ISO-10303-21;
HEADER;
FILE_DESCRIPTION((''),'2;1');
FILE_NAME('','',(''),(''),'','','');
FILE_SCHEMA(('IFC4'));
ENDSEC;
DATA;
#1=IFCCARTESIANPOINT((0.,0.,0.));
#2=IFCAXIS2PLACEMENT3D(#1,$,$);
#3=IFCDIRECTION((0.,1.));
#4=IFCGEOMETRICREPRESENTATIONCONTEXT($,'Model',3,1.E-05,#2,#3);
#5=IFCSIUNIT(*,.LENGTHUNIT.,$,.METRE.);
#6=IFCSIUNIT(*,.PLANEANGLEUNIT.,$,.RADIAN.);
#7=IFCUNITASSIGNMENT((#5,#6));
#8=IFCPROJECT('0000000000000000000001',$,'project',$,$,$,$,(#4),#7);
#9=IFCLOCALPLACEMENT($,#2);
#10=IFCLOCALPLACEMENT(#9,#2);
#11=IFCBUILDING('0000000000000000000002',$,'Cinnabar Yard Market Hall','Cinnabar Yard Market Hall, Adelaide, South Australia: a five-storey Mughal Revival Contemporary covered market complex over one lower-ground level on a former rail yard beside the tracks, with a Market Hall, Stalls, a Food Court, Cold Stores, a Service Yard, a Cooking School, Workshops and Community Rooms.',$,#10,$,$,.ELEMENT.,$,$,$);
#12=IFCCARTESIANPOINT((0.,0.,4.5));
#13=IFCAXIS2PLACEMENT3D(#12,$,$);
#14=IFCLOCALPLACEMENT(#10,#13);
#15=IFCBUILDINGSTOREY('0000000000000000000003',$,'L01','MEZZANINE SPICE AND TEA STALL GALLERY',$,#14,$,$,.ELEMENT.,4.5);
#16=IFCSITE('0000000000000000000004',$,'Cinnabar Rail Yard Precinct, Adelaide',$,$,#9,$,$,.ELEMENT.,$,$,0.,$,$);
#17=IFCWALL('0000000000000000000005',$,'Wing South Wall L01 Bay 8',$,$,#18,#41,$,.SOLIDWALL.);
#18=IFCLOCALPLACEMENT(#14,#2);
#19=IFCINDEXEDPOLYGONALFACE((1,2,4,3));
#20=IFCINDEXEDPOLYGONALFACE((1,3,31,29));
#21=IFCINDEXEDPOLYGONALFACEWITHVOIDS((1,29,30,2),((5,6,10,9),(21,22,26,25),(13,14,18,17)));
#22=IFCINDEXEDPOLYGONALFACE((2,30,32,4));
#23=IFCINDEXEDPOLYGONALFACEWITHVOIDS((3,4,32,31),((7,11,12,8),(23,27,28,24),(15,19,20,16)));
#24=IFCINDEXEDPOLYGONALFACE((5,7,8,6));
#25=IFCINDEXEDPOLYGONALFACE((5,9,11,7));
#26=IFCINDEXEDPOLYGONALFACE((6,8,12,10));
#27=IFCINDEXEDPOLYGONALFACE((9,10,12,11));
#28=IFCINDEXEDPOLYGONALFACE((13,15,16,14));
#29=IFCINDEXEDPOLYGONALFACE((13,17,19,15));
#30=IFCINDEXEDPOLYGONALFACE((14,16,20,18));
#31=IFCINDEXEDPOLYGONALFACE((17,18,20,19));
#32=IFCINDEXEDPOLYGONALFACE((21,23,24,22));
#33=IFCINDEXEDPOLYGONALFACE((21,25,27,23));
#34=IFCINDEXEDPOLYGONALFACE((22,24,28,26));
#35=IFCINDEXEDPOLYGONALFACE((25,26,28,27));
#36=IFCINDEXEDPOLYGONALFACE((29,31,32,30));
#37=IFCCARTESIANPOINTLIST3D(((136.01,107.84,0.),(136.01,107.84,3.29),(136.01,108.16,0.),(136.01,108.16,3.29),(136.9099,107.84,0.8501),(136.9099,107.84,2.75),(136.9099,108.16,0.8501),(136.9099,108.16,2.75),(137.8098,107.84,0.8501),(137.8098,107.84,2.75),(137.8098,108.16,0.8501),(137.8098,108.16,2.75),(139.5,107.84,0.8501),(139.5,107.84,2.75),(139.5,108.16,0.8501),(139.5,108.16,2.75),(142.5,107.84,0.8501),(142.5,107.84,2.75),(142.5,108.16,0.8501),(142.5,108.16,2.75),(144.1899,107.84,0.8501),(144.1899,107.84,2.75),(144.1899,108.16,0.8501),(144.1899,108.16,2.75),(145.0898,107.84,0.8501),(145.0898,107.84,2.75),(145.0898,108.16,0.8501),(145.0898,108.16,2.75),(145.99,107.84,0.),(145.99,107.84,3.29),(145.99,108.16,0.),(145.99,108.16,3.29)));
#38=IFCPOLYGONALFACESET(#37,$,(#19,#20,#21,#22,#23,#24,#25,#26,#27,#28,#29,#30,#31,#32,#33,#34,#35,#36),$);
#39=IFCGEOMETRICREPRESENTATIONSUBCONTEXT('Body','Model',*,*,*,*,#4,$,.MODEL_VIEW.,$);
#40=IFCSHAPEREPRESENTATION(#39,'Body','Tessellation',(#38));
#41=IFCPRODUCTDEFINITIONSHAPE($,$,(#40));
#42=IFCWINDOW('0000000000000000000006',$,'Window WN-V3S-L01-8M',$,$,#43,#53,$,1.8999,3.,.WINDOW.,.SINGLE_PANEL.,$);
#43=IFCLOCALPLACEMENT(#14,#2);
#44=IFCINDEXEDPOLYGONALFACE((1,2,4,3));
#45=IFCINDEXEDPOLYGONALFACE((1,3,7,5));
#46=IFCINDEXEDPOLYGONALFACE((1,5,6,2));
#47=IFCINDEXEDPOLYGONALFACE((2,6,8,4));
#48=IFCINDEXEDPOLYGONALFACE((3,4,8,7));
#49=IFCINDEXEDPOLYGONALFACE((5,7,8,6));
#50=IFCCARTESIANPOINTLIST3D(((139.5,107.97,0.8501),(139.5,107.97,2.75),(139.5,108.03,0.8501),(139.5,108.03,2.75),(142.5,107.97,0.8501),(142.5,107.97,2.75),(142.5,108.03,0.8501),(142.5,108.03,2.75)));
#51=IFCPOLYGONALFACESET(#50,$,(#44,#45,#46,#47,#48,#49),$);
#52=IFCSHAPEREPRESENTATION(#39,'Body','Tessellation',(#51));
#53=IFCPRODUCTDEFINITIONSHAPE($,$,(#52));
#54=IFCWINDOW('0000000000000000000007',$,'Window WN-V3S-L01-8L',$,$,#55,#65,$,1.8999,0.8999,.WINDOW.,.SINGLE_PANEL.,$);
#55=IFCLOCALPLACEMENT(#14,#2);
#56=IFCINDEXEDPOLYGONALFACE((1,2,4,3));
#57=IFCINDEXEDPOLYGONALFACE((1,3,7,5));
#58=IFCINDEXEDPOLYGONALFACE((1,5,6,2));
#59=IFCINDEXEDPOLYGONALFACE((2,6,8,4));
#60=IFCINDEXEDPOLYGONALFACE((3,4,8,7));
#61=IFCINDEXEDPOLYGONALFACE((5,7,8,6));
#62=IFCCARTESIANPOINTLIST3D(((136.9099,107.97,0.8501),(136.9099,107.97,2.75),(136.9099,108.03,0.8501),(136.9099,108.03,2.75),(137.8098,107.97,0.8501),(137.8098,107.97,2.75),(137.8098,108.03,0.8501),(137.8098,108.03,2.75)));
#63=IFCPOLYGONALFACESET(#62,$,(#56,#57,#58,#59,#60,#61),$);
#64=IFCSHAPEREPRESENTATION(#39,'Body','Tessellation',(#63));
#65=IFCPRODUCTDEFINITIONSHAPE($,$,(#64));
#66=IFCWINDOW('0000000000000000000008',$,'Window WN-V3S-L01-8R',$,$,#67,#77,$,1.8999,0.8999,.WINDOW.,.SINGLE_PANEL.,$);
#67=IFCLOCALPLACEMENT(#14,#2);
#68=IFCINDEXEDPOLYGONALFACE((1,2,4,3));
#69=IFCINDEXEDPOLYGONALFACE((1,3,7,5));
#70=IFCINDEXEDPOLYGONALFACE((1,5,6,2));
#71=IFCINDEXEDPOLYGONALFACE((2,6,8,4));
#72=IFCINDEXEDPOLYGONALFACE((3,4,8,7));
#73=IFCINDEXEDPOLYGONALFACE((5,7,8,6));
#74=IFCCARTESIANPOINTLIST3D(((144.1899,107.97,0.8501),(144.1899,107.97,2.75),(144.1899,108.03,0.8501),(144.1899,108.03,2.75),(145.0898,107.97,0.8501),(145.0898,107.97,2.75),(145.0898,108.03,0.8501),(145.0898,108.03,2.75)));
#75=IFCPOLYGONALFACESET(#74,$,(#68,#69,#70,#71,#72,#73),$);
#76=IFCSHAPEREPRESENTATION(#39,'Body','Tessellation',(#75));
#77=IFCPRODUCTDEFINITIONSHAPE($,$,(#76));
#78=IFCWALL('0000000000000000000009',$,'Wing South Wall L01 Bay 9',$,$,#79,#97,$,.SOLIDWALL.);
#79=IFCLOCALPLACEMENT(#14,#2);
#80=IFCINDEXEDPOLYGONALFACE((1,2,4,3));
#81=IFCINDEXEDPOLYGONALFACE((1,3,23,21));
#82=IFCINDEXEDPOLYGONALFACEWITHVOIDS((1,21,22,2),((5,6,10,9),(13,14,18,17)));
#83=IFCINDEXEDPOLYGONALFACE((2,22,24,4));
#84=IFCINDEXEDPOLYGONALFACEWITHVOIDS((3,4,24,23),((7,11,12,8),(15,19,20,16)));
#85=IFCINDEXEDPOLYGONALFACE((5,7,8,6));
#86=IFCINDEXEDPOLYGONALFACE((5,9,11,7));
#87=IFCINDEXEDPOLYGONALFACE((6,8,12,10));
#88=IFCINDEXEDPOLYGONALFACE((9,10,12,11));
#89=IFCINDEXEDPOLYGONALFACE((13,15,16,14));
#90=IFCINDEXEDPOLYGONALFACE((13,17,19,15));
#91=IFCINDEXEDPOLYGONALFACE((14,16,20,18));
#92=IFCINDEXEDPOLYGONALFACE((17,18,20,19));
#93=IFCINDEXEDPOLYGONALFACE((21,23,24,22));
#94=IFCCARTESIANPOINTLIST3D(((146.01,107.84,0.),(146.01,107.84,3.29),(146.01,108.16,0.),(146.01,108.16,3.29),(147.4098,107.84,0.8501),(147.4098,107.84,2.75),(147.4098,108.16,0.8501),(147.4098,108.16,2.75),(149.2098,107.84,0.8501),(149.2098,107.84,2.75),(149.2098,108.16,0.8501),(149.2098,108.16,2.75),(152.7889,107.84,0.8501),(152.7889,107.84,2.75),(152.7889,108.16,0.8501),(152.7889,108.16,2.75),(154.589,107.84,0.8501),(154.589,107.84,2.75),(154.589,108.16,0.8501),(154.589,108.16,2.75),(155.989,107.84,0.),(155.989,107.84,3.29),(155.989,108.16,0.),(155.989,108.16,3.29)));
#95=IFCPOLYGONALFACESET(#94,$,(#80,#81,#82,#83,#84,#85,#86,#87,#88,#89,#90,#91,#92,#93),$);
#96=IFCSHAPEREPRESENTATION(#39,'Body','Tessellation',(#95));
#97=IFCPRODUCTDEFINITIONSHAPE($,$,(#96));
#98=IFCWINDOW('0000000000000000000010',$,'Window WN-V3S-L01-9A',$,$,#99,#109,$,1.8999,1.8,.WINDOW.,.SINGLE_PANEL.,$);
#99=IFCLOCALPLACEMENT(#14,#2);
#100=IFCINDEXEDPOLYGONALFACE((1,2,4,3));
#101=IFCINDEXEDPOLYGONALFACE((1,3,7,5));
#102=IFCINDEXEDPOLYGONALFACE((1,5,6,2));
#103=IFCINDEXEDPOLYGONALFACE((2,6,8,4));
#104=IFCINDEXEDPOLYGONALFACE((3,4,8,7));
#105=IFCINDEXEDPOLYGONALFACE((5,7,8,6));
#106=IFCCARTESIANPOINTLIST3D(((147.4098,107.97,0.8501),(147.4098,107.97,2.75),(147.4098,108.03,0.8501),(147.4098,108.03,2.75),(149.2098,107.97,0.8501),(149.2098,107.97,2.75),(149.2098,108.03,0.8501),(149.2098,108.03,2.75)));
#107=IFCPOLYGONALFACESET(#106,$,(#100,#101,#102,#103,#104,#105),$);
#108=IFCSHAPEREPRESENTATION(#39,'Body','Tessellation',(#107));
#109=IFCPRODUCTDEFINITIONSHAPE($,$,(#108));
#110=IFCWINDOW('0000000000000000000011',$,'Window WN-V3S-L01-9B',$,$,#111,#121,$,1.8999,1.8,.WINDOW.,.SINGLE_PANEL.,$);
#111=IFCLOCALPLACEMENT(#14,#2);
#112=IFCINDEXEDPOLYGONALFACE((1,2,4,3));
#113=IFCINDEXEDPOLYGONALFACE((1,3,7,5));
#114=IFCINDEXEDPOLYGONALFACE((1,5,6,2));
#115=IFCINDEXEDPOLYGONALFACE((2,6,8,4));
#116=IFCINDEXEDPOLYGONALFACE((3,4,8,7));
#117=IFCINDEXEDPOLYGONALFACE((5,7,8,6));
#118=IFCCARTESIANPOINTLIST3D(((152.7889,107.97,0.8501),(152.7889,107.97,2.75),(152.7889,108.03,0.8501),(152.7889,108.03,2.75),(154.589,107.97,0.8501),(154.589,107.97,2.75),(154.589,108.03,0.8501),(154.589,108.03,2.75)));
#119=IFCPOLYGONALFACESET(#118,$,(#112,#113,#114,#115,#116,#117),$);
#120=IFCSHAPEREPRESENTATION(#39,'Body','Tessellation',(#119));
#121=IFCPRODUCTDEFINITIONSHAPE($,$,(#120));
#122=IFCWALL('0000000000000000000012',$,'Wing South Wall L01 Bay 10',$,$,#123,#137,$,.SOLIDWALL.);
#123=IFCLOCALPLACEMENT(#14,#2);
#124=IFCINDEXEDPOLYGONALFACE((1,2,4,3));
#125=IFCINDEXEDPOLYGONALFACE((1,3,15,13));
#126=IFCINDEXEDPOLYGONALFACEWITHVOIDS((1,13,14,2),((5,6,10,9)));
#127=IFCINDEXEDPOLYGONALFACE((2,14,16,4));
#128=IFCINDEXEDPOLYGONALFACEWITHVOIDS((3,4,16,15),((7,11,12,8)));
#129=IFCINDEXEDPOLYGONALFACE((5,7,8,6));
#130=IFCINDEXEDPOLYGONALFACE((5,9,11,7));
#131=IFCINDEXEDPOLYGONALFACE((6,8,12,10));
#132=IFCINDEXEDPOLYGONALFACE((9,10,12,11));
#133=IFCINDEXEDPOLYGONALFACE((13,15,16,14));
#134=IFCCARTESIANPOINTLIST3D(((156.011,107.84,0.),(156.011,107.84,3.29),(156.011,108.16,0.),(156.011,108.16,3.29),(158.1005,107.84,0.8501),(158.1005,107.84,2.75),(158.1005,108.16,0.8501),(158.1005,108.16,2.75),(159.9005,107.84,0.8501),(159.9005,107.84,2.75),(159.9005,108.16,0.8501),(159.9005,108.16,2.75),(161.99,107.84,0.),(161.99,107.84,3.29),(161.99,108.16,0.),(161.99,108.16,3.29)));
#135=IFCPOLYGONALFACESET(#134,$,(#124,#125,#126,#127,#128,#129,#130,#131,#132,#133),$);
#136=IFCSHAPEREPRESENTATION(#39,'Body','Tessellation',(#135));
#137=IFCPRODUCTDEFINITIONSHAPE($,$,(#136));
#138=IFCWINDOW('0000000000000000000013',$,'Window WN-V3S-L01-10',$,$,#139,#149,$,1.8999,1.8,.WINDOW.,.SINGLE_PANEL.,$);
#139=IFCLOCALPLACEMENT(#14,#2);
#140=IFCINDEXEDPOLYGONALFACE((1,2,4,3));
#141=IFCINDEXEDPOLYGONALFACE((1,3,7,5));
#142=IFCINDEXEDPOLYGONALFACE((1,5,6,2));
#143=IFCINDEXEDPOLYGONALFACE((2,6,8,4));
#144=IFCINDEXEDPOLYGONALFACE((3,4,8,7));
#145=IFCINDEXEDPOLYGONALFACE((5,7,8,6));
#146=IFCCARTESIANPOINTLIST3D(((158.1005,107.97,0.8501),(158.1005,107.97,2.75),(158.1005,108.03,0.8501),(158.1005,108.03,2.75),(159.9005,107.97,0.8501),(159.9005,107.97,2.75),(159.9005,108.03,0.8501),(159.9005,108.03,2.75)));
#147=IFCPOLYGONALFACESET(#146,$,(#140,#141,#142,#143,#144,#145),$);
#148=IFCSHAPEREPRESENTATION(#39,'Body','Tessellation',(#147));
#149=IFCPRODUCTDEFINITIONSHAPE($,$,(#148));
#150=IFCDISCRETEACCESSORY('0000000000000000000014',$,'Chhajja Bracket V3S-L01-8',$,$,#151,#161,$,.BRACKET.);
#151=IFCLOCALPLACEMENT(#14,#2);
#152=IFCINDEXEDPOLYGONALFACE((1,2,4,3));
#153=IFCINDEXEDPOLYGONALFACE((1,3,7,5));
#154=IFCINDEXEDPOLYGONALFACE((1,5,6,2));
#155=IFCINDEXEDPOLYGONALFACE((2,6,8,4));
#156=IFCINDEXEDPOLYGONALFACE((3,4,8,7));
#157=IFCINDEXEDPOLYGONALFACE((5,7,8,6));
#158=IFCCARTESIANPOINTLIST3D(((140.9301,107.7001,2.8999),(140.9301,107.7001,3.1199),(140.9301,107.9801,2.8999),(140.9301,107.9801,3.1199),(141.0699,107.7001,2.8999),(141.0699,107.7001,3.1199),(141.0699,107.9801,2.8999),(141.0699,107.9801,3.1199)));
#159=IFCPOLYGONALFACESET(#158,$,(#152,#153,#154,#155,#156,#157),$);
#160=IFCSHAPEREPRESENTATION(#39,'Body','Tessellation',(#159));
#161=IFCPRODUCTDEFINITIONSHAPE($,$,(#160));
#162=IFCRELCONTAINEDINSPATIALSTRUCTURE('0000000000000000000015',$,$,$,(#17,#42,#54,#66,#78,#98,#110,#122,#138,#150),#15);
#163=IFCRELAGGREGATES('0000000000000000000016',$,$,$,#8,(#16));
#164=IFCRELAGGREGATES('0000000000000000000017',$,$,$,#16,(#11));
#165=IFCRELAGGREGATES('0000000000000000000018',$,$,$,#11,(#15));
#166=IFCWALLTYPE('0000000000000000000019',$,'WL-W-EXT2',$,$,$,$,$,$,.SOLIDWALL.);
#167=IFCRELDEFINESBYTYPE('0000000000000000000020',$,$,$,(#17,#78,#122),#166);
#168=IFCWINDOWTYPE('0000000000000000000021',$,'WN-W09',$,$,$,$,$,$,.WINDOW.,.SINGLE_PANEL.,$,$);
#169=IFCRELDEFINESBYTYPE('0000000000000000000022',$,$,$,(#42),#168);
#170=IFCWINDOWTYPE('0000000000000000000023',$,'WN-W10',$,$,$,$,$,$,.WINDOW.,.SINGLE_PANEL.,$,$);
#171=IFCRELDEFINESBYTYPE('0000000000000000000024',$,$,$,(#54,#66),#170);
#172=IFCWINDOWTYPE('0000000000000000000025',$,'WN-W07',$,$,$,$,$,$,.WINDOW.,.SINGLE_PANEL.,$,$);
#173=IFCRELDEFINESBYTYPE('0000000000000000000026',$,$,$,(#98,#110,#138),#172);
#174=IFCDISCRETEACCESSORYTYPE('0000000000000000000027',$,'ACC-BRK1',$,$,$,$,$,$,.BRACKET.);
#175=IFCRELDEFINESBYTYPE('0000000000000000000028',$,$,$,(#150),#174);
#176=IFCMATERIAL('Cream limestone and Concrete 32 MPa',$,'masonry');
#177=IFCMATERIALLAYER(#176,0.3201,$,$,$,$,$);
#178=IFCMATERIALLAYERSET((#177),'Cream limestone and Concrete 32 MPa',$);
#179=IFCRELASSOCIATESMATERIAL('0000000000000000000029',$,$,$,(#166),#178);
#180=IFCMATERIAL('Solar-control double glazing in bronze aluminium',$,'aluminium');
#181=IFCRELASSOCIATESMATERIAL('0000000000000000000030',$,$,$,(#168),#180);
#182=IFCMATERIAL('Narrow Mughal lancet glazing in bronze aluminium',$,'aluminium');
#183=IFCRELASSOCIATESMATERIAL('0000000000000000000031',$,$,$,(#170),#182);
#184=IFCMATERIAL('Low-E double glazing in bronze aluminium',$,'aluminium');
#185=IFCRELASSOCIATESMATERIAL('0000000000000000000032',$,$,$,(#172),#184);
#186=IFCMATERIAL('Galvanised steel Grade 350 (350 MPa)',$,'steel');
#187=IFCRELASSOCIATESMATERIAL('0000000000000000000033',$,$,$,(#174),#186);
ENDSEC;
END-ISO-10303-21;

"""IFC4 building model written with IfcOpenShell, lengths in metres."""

from ifc_helpers import new_model, si_unit, direction, frame, frame_2d, origin, origin_2d_with_axis, place, context, subcontext, project, spatial, rectangle, extrude, material, layer, layer_set, type_object, element, fill, save


model = new_model("IFC4")

# Units and contexts
model_context = context("Model", 3, precision=1e-05, world=origin(), true_north=direction((0.0, 1.0)))
body_context = subcontext(model_context, "Body", "Model", "MODEL_VIEW")
ifc_project = project(units=[si_unit("LENGTHUNIT", "METRE"), si_unit("PLANEANGLEUNIT", "RADIAN")], contexts=[model_context])

# Site, building, storey
site_placement = place(None, origin())
site = spatial("IfcSite", under=ifc_project, at=site_placement, Name="Cinnabar Rail Yard Precinct, Adelaide", CompositionType="ELEMENT", RefElevation=0.0)
building_placement = place(site_placement, origin())
building = spatial("IfcBuilding", under=site, at=building_placement, Name="Cinnabar Yard Market Hall", Description="Cinnabar Yard Market Hall, Adelaide, South Australia: a five-storey Mughal Revival Contemporary covered market complex over one lower-ground level on a former rail yard beside the tracks, with a Market Hall, Stalls, a Food Court, Cold Stores, a Service Yard, a Cooking School, Workshops and Community Rooms.", CompositionType="ELEMENT")
storey_placement = place(building_placement, frame((0.0, 0.0, 4.5)))
storey = spatial("IfcBuildingStorey", under=building, at=storey_placement, Name="L01", Description="MEZZANINE SPICE AND TEA STALL GALLERY", CompositionType="ELEMENT", Elevation=4.5)

# Walls, openings, windows
ifc_material_1 = material(Name="Cream limestone and Concrete 32 MPa", Category="masonry")
ifc_layer = layer(ifc_material_1, 0.3201)
ifc_layer_set = layer_set([ifc_layer], Name="Cream limestone and Concrete 32 MPa")
wall_type = type_object("IfcWallType", Name="WL-W-EXT2", PredefinedType="SOLIDWALL", material=ifc_layer_set)
wall_1_placement = place(storey_placement, frame((136.01, 108.0, 0.0), z_axis=(0.0, 0.0, 1.0), x_axis=(1.0, 0.0, 0.0)))
wall_1 = element("IfcWall", 1, at=wall_1_placement, inside=storey, type_object=wall_type, Name="Wing South Wall L01 Bay 8", PredefinedType="SOLIDWALL", context=body_context, shape_type="SweptSolid", body=[
    extrude(rectangle(XDim=9.98, YDim=0.3201, at=frame_2d((4.99, 0.0), x_axis=(1.0, 0.0))), origin(), (0.0, 0.0, 1.0), 3.29),
])
opening_1_placement = place(wall_1_placement, frame((3.49, 0.0, 0.8501)))
opening_1 = element("IfcOpeningElement", 2, at=opening_1_placement, cuts=wall_1, PredefinedType="OPENING", context=body_context, shape_type="SweptSolid", body=[
    extrude(rectangle(XDim=3.0, YDim=1.8999, at=frame_2d((1.5, 0.95), x_axis=(1.0, 0.0))), frame((0.0, 0.1699, 0.0), z_axis=(0.0, -1.0, 0.0), x_axis=(1.0, 0.0, 0.0)), (0.0, 0.0, 1.0), 0.3401),
])
opening_2_placement = place(wall_1_placement, frame((0.8999, 0.0, 0.8501)))
opening_2 = element("IfcOpeningElement", 3, at=opening_2_placement, cuts=wall_1, PredefinedType="OPENING", context=body_context, shape_type="SweptSolid", body=[
    extrude(rectangle(XDim=0.8999, YDim=1.8999, at=frame_2d((0.45, 0.95), x_axis=(1.0, 0.0))), frame((0.0, 0.1699, 0.0), z_axis=(0.0, -1.0, 0.0), x_axis=(1.0, 0.0, 0.0)), (0.0, 0.0, 1.0), 0.3401),
])
opening_3_placement = place(wall_1_placement, frame((8.1799, 0.0, 0.8501)))
opening_3 = element("IfcOpeningElement", 4, at=opening_3_placement, cuts=wall_1, PredefinedType="OPENING", context=body_context, shape_type="SweptSolid", body=[
    extrude(rectangle(XDim=0.8999, YDim=1.8999, at=frame_2d((0.45, 0.95), x_axis=(1.0, 0.0))), frame((0.0, 0.1699, 0.0), z_axis=(0.0, -1.0, 0.0), x_axis=(1.0, 0.0, 0.0)), (0.0, 0.0, 1.0), 0.3401),
])
ifc_material_2 = material(Name="Solar-control double glazing in bronze aluminium", Category="aluminium")
window_type_1 = type_object("IfcWindowType", Name="WN-W09", PartitioningType="SINGLE_PANEL", PredefinedType="WINDOW", material=ifc_material_2)
window_1_placement = place(opening_1_placement, origin())
window_1 = element("IfcWindow", 5, at=window_1_placement, inside=storey, type_object=window_type_1, Name="Window WN-V3S-L01-8M", OverallHeight=1.8999, OverallWidth=3.0, PartitioningType="SINGLE_PANEL", PredefinedType="WINDOW", context=body_context, shape_type="SweptSolid", body=[
    extrude(rectangle(XDim=3.0, YDim=1.8999, at=frame_2d((1.5, 0.95), x_axis=(1.0, 0.0))), frame((0.0, 0.03, 0.0), z_axis=(0.0, -1.0, 0.0), x_axis=(1.0, 0.0, 0.0)), (0.0, 0.0, 1.0), 0.0601),
])
fill(opening_1, window_1)
ifc_material_3 = material(Name="Narrow Mughal lancet glazing in bronze aluminium", Category="aluminium")
window_type_2 = type_object("IfcWindowType", Name="WN-W10", PartitioningType="SINGLE_PANEL", PredefinedType="WINDOW", material=ifc_material_3)
window_2_placement = place(opening_2_placement, origin())
window_2 = element("IfcWindow", 6, at=window_2_placement, inside=storey, type_object=window_type_2, Name="Window WN-V3S-L01-8L", OverallHeight=1.8999, OverallWidth=0.8999, PartitioningType="SINGLE_PANEL", PredefinedType="WINDOW", context=body_context, shape_type="SweptSolid", body=[
    extrude(rectangle(XDim=0.8999, YDim=1.8999, at=frame_2d((0.45, 0.95), x_axis=(1.0, 0.0))), frame((0.0, 0.03, 0.0), z_axis=(0.0, -1.0, 0.0), x_axis=(1.0, 0.0, 0.0)), (0.0, 0.0, 1.0), 0.0601),
])
fill(opening_2, window_2)
window_3_placement = place(opening_3_placement, origin())
window_3 = element("IfcWindow", 7, at=window_3_placement, inside=storey, type_object=window_type_2, Name="Window WN-V3S-L01-8R", OverallHeight=1.8999, OverallWidth=0.8999, PartitioningType="SINGLE_PANEL", PredefinedType="WINDOW", context=body_context, shape_type="SweptSolid", body=[
    extrude(rectangle(XDim=0.8999, YDim=1.8999, at=frame_2d((0.45, 0.95), x_axis=(1.0, 0.0))), frame((0.0, 0.03, 0.0), z_axis=(0.0, -1.0, 0.0), x_axis=(1.0, 0.0, 0.0)), (0.0, 0.0, 1.0), 0.0601),
])
fill(opening_3, window_3)
wall_2_placement = place(storey_placement, frame((146.01, 108.0, 0.0), z_axis=(0.0, 0.0, 1.0), x_axis=(1.0, 0.0, 0.0)))
wall_2 = element("IfcWall", 8, at=wall_2_placement, inside=storey, type_object=wall_type, Name="Wing South Wall L01 Bay 9", PredefinedType="SOLIDWALL", context=body_context, shape_type="SweptSolid", body=[
    extrude(rectangle(XDim=9.979, YDim=0.3201, at=frame_2d((4.9895, 0.0), x_axis=(1.0, 0.0))), origin(), (0.0, 0.0, 1.0), 3.29),
])
opening_4_placement = place(wall_2_placement, frame((1.3999, 0.0, 0.8501)))
opening_4 = element("IfcOpeningElement", 9, at=opening_4_placement, cuts=wall_2, PredefinedType="OPENING", context=body_context, shape_type="SweptSolid", body=[
    extrude(rectangle(XDim=1.8, YDim=1.8999, at=frame_2d((0.8999, 0.95), x_axis=(1.0, 0.0))), frame((0.0, 0.1699, 0.0), z_axis=(0.0, -1.0, 0.0), x_axis=(1.0, 0.0, 0.0)), (0.0, 0.0, 1.0), 0.3401),
])
opening_5_placement = place(wall_2_placement, frame((6.7791, 0.0, 0.8501)))
opening_5 = element("IfcOpeningElement", 10, at=opening_5_placement, cuts=wall_2, PredefinedType="OPENING", context=body_context, shape_type="SweptSolid", body=[
    extrude(rectangle(XDim=1.8, YDim=1.8999, at=frame_2d((0.8999, 0.95), x_axis=(1.0, 0.0))), frame((0.0, 0.1699, 0.0), z_axis=(0.0, -1.0, 0.0), x_axis=(1.0, 0.0, 0.0)), (0.0, 0.0, 1.0), 0.3401),
])
ifc_material_4 = material(Name="Low-E double glazing in bronze aluminium", Category="aluminium")
window_type_3 = type_object("IfcWindowType", Name="WN-W07", PartitioningType="SINGLE_PANEL", PredefinedType="WINDOW", material=ifc_material_4)
window_4_placement = place(opening_4_placement, origin())
window_4 = element("IfcWindow", 11, at=window_4_placement, inside=storey, type_object=window_type_3, Name="Window WN-V3S-L01-9A", OverallHeight=1.8999, OverallWidth=1.8, PartitioningType="SINGLE_PANEL", PredefinedType="WINDOW", context=body_context, shape_type="SweptSolid", body=[
    extrude(rectangle(XDim=1.8, YDim=1.8999, at=frame_2d((0.8999, 0.95), x_axis=(1.0, 0.0))), frame((0.0, 0.03, 0.0), z_axis=(0.0, -1.0, 0.0), x_axis=(1.0, 0.0, 0.0)), (0.0, 0.0, 1.0), 0.0601),
])
fill(opening_4, window_4)
window_5_placement = place(opening_5_placement, origin())
window_5 = element("IfcWindow", 12, at=window_5_placement, inside=storey, type_object=window_type_3, Name="Window WN-V3S-L01-9B", OverallHeight=1.8999, OverallWidth=1.8, PartitioningType="SINGLE_PANEL", PredefinedType="WINDOW", context=body_context, shape_type="SweptSolid", body=[
    extrude(rectangle(XDim=1.8, YDim=1.8999, at=frame_2d((0.8999, 0.95), x_axis=(1.0, 0.0))), frame((0.0, 0.03, 0.0), z_axis=(0.0, -1.0, 0.0), x_axis=(1.0, 0.0, 0.0)), (0.0, 0.0, 1.0), 0.0601),
])
fill(opening_5, window_5)

# Wall, opening, window
wall_3_placement = place(storey_placement, frame((156.011, 108.0, 0.0), z_axis=(0.0, 0.0, 1.0), x_axis=(1.0, 0.0, 0.0)))
wall_3 = element("IfcWall", 13, at=wall_3_placement, inside=storey, type_object=wall_type, Name="Wing South Wall L01 Bay 10", PredefinedType="SOLIDWALL", context=body_context, shape_type="SweptSolid", body=[
    extrude(rectangle(XDim=5.979, YDim=0.3201, at=frame_2d((2.9895, 0.0), x_axis=(1.0, 0.0))), origin(), (0.0, 0.0, 1.0), 3.29),
])
opening_6_placement = place(wall_3_placement, frame((2.0896, 0.0, 0.8501)))
opening_6 = element("IfcOpeningElement", 14, at=opening_6_placement, cuts=wall_3, PredefinedType="OPENING", context=body_context, shape_type="SweptSolid", body=[
    extrude(rectangle(XDim=1.8, YDim=1.8999, at=frame_2d((0.8999, 0.95), x_axis=(1.0, 0.0))), frame((0.0, 0.1699, 0.0), z_axis=(0.0, -1.0, 0.0), x_axis=(1.0, 0.0, 0.0)), (0.0, 0.0, 1.0), 0.3401),
])
window_6_placement = place(opening_6_placement, origin())
window_6 = element("IfcWindow", 15, at=window_6_placement, inside=storey, type_object=window_type_3, Name="Window WN-V3S-L01-10", OverallHeight=1.8999, OverallWidth=1.8, PartitioningType="SINGLE_PANEL", PredefinedType="WINDOW", context=body_context, shape_type="SweptSolid", body=[
    extrude(rectangle(XDim=1.8, YDim=1.8999, at=frame_2d((0.8999, 0.95), x_axis=(1.0, 0.0))), frame((0.0, 0.03, 0.0), z_axis=(0.0, -1.0, 0.0), x_axis=(1.0, 0.0, 0.0)), (0.0, 0.0, 1.0), 0.0601),
])
fill(opening_6, window_6)

# Discrete accessory
ifc_material_5 = material(Name="Galvanised steel Grade 350 (350 MPa)", Category="steel")
discrete_accessory_type = type_object("IfcDiscreteAccessoryType", Name="ACC-BRK1", PredefinedType="BRACKET", material=ifc_material_5)
for number, where, z_axis, x_axis, name in (
    (16, (141.0, 107.8401, 2.8999), (0.0, 0.0, 1.0), (1.0, 0.0, 0.0), "Chhajja Bracket V3S-L01-8"),
):
    element("IfcDiscreteAccessory", number, at=place(storey_placement, frame(where, z_axis=z_axis, x_axis=x_axis)), inside=storey, type_object=discrete_accessory_type, Name=name, PredefinedType="BRACKET", context=body_context, shape_type="SweptSolid", body=[
        extrude(rectangle(XDim=0.1399, YDim=0.28, at=origin_2d_with_axis()), origin(), (0.0, 0.0, 1.0), 0.22),
    ])

save(model, "model.ifc")
